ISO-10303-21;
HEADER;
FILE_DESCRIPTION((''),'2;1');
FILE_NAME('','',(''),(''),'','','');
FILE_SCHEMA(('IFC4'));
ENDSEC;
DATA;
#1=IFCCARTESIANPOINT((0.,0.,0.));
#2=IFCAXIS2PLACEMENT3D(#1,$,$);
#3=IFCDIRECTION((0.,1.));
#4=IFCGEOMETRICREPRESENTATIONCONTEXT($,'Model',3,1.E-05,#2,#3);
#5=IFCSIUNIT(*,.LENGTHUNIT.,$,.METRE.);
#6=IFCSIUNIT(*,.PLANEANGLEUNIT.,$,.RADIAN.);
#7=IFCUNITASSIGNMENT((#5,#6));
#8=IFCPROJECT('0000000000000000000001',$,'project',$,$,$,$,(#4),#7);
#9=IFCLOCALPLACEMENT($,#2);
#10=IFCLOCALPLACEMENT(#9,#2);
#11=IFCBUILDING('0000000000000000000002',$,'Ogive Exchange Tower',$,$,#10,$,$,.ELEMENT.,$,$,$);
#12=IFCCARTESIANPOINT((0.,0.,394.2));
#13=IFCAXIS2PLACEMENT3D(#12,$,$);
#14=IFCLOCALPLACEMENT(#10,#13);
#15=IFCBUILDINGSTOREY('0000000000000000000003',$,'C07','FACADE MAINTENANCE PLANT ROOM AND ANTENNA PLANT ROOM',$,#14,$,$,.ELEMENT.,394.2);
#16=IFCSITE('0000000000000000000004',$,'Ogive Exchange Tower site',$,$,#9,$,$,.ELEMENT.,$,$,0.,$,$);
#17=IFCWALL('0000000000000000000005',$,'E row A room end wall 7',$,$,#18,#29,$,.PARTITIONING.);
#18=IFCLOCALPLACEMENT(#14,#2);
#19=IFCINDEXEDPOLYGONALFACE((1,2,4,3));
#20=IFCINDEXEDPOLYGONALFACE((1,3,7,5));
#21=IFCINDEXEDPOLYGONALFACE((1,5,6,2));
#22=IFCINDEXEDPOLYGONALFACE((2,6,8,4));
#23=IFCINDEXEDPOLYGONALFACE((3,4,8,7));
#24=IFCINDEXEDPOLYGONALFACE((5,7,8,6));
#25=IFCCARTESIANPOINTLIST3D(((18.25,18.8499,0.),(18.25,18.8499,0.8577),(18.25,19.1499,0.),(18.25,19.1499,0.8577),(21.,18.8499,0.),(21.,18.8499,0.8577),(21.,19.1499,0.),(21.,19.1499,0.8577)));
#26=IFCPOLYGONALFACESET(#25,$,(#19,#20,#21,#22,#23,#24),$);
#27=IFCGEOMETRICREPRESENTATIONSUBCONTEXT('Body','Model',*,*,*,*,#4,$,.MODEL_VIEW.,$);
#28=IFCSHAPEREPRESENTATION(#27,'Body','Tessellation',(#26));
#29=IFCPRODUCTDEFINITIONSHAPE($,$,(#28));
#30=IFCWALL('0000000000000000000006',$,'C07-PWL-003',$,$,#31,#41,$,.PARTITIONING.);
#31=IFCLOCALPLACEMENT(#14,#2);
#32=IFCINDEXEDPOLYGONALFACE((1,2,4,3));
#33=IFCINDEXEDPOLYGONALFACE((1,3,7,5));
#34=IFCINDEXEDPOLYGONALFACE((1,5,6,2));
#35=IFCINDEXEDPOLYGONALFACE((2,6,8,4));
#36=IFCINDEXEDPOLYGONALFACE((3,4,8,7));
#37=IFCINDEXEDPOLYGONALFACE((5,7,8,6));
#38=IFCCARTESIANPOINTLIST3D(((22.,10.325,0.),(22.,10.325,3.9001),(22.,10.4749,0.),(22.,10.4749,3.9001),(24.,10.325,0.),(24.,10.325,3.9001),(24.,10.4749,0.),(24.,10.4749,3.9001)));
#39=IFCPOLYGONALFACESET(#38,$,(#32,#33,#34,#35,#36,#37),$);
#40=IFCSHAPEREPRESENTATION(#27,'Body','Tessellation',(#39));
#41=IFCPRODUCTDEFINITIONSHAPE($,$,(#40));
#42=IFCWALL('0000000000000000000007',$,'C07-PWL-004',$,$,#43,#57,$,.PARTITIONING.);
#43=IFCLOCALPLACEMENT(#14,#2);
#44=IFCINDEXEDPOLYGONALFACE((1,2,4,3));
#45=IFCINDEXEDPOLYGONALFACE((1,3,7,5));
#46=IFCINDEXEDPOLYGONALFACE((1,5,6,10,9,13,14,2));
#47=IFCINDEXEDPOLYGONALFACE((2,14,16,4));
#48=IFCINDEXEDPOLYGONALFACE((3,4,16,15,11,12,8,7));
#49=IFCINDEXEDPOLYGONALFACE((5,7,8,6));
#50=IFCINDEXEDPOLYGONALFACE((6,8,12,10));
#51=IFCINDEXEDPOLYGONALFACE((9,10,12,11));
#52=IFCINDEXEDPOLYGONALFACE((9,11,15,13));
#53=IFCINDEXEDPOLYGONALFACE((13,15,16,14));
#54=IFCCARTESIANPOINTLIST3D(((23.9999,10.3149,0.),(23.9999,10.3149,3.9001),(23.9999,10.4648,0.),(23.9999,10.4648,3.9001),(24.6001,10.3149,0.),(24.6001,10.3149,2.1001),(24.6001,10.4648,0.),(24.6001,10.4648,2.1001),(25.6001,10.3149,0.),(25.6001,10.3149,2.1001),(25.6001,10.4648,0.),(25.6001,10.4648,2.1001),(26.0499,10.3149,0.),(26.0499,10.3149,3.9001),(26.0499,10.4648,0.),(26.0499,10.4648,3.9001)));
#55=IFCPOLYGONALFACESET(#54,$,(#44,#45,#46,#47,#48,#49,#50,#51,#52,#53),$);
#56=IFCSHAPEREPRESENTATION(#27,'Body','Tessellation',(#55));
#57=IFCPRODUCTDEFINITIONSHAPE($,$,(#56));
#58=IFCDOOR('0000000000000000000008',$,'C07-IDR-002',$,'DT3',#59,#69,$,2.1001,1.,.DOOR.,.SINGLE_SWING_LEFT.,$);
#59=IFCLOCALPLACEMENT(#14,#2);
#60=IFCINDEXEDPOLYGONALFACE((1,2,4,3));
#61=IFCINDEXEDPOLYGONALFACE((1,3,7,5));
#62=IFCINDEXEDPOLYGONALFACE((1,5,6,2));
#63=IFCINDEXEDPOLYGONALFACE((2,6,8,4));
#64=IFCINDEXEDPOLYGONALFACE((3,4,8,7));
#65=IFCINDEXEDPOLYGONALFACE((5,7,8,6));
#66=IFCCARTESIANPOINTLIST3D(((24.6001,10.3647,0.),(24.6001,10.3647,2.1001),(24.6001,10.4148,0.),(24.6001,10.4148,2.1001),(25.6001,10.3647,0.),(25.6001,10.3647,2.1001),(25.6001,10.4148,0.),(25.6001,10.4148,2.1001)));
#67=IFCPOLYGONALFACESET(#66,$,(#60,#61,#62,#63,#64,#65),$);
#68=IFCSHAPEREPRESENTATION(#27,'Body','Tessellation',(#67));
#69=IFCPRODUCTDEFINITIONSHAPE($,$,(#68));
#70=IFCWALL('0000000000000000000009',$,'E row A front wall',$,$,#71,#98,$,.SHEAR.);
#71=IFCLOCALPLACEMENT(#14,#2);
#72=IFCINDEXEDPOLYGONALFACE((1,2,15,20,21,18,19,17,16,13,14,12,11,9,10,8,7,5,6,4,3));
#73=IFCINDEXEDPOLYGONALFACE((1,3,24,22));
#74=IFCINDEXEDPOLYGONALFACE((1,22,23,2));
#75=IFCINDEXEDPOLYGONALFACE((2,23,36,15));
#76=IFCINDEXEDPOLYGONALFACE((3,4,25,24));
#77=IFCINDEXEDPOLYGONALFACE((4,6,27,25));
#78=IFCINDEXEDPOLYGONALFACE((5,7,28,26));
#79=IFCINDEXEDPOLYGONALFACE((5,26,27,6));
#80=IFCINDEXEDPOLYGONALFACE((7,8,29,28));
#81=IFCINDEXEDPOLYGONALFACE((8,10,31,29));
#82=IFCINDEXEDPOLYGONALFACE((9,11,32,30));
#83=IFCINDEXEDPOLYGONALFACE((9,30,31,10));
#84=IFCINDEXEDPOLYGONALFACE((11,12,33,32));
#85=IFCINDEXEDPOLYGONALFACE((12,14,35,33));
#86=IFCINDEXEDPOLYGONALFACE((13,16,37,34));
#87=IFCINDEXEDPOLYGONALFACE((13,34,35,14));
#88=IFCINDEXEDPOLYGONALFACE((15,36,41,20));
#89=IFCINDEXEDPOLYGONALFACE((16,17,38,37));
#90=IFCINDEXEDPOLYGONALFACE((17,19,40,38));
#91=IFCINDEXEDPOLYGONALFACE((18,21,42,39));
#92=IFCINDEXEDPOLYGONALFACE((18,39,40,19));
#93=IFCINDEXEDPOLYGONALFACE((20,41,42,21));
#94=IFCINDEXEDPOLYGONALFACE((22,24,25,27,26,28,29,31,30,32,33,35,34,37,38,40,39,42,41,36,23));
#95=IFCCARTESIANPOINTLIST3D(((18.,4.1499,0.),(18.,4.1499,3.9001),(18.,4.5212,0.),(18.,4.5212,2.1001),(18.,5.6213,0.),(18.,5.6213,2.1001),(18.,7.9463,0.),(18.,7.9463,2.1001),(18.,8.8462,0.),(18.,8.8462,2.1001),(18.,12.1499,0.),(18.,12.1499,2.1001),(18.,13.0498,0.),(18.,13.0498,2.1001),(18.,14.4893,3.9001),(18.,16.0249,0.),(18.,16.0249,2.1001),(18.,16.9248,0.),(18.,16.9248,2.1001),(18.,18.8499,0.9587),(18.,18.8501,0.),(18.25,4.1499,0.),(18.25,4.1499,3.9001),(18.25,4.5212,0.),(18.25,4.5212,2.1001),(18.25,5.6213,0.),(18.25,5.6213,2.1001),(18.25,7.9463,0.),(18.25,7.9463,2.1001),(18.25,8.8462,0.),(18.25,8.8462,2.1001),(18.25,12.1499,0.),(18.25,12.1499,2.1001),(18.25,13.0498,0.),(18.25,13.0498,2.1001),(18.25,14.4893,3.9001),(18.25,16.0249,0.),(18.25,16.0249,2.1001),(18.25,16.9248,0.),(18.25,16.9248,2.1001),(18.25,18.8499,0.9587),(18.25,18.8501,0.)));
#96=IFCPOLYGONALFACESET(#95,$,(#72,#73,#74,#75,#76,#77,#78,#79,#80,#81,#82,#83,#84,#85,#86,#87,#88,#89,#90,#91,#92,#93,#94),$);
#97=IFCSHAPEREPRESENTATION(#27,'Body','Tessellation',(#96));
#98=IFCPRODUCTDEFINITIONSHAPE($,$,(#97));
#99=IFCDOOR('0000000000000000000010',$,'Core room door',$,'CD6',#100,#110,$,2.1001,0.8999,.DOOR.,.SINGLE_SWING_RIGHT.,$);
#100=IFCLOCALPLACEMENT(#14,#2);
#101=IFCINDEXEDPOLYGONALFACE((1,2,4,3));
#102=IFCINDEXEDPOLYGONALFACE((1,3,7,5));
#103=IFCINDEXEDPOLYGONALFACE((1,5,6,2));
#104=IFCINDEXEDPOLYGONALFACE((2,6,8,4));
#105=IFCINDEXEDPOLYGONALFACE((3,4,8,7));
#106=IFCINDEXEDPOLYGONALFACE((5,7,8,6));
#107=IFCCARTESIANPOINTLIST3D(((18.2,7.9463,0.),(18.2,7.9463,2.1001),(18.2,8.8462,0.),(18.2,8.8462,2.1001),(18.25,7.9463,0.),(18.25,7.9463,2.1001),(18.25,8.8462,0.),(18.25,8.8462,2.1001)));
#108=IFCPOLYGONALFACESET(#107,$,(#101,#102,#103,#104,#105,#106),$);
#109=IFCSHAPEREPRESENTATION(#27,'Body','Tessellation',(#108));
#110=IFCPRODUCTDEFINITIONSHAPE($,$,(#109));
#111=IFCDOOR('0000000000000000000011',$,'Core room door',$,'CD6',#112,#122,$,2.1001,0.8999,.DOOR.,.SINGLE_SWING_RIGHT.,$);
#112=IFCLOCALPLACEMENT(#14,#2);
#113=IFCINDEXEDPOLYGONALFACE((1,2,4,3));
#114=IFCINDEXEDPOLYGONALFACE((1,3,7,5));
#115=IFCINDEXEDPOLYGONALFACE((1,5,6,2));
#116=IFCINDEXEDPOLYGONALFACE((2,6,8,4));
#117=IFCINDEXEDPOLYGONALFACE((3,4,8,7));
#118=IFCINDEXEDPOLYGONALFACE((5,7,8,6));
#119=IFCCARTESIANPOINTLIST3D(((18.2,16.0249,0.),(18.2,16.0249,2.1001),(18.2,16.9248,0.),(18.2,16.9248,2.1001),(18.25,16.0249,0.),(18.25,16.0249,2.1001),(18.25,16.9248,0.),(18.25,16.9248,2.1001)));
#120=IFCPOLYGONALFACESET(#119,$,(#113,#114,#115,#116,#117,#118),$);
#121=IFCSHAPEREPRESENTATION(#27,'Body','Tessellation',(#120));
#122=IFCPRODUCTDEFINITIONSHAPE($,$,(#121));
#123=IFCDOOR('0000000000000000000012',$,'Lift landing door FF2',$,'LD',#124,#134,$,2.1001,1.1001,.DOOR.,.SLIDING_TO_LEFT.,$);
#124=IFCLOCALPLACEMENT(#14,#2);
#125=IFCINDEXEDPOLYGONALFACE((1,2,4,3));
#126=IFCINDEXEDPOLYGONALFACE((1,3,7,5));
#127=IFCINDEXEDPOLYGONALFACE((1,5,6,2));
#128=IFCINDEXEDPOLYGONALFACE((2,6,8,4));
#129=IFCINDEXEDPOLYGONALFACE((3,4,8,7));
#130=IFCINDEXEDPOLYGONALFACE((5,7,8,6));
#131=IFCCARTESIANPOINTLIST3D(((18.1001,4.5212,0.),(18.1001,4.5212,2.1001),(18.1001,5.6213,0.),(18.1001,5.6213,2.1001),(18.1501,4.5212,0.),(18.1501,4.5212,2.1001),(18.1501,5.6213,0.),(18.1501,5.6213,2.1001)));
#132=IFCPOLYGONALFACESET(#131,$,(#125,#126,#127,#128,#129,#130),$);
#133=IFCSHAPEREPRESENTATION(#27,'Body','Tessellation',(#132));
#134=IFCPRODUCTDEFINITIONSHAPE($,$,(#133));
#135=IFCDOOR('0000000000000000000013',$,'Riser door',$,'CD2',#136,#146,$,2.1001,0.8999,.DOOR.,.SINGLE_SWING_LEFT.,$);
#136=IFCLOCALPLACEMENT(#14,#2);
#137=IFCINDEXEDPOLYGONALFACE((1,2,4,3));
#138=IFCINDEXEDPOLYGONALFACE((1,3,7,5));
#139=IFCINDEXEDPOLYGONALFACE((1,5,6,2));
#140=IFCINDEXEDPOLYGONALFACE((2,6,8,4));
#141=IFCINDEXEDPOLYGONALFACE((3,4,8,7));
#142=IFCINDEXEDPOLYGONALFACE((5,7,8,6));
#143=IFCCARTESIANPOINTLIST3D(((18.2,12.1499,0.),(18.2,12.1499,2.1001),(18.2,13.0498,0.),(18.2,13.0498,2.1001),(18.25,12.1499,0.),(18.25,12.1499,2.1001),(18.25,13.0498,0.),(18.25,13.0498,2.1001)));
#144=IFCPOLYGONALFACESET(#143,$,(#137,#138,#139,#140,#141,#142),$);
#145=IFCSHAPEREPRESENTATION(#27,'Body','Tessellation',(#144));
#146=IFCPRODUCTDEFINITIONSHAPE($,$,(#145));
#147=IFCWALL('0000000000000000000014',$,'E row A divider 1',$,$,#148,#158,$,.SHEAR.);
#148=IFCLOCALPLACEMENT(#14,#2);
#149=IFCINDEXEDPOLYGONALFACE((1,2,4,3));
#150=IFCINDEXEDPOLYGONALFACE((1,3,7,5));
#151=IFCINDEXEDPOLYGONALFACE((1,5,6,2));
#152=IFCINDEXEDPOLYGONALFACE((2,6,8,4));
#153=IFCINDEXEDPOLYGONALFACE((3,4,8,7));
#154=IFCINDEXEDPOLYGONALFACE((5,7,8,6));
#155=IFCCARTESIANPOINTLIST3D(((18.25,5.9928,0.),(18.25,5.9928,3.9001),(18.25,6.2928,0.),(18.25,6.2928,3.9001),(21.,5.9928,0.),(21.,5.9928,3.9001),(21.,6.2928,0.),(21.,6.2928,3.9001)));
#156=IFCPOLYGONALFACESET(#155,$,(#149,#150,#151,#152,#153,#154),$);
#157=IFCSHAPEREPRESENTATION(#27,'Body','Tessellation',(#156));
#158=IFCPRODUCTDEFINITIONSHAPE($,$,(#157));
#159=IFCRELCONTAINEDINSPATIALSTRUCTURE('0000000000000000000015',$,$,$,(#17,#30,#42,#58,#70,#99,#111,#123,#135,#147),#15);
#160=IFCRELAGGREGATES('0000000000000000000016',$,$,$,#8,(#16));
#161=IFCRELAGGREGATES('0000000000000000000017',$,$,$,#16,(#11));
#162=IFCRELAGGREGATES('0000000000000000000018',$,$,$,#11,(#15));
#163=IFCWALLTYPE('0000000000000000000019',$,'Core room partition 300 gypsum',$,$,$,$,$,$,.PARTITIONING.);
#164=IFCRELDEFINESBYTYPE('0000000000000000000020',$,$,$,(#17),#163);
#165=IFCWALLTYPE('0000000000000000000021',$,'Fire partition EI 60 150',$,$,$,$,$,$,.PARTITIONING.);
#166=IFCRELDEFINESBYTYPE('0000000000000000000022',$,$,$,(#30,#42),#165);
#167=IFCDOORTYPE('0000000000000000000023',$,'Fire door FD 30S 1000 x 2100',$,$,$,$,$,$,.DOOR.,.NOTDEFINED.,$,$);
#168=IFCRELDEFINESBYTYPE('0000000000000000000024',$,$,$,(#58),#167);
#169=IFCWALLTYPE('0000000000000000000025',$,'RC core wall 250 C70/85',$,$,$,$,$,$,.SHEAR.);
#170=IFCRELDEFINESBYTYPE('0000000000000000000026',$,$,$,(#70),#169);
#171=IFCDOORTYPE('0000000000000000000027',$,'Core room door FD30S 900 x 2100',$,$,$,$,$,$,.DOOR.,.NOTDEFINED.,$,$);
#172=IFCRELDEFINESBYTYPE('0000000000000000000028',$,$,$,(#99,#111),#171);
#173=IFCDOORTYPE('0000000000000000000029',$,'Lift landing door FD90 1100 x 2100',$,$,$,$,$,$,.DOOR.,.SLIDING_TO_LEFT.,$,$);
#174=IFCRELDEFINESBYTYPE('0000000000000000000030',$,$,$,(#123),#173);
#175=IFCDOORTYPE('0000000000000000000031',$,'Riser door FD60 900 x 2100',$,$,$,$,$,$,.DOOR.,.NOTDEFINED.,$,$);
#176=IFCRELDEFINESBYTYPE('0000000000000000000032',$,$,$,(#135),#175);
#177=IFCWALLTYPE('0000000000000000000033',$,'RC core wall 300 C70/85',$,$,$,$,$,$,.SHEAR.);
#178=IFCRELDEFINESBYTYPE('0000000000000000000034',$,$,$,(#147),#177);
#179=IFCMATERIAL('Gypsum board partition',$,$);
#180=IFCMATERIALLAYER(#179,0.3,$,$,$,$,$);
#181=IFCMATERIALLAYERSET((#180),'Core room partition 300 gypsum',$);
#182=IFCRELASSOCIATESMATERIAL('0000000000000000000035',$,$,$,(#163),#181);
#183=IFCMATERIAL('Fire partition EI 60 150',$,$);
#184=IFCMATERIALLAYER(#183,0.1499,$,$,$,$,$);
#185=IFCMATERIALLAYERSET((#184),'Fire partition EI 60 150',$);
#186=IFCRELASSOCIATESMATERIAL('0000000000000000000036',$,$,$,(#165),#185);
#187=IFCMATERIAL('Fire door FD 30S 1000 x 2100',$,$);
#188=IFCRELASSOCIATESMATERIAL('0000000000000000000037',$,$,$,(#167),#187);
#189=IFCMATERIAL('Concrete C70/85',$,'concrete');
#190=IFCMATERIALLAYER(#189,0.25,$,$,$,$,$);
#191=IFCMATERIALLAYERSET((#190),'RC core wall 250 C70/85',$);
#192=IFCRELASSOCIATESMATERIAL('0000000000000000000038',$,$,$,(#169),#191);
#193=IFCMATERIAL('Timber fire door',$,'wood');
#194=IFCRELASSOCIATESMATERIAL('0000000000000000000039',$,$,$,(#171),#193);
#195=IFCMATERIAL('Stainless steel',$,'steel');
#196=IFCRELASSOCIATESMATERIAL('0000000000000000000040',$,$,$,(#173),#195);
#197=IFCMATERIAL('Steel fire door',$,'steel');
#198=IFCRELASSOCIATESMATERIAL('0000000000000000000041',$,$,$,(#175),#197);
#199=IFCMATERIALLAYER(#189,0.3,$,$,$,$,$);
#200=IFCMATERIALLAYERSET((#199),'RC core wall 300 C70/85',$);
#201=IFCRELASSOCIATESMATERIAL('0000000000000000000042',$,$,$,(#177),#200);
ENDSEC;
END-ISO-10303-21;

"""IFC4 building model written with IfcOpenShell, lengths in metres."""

from ifc_helpers import new_model, si_unit, direction, frame, frame_2d, origin, place, context, subcontext, project, spatial, polyline, rectangle, outline, extrude, material, layer, layer_set, type_object, element, fill, save


model = new_model("IFC4")

# Units and contexts
model_context = context("Model", 3, precision=1e-05, world=origin(), true_north=direction((0.0, 1.0)))
body_context = subcontext(model_context, "Body", "Model", "MODEL_VIEW")
ifc_project = project(units=[si_unit("LENGTHUNIT", "METRE"), si_unit("PLANEANGLEUNIT", "RADIAN")], contexts=[model_context])

# Site, building, storey
site_placement = place(None, origin())
site = spatial("IfcSite", under=ifc_project, at=site_placement, Name="Ogive Exchange Tower site", CompositionType="ELEMENT", RefElevation=0.0)
building_placement = place(site_placement, origin())
building = spatial("IfcBuilding", under=site, at=building_placement, Name="Ogive Exchange Tower", CompositionType="ELEMENT")
storey_placement = place(building_placement, frame((0.0, 0.0, 394.2)))
storey = spatial("IfcBuildingStorey", under=building, at=storey_placement, Name="C07", Description="FACADE MAINTENANCE PLANT ROOM AND ANTENNA PLANT ROOM", CompositionType="ELEMENT", Elevation=394.2)

# Walls
ifc_material_1 = material(Name="Gypsum board partition")
ifc_layer_1 = layer(ifc_material_1, 0.3)
ifc_layer_set_1 = layer_set([ifc_layer_1], Name="Core room partition 300 gypsum")
wall_type_1 = type_object("IfcWallType", Name="Core room partition 300 gypsum", PredefinedType="PARTITIONING", material=ifc_layer_set_1)
wall_1_placement = place(storey_placement, frame((18.25, 19.0, 0.0), z_axis=(0.0, 0.0, 1.0), x_axis=(1.0, 0.0, 0.0)))
element("IfcWall", 1, at=wall_1_placement, inside=storey, type_object=wall_type_1, Name="E row A room end wall 7", PredefinedType="PARTITIONING", context=body_context, shape_type="SweptSolid", body=[
    extrude(outline(polyline([(0.0, 0.0), (2.75, 0.0), (2.75, 0.8577), (0.0, 0.8577), (0.0, 0.0)])), frame((0.0, 0.1499, 0.0), z_axis=(0.0, -1.0, 0.0), x_axis=(1.0, 0.0, 0.0)), (0.0, 0.0, 1.0), 0.3),
])
ifc_material_2 = material(Name="Fire partition EI 60 150")
ifc_layer_2 = layer(ifc_material_2, 0.1499)
ifc_layer_set_2 = layer_set([ifc_layer_2], Name="Fire partition EI 60 150")
wall_type_2 = type_object("IfcWallType", Name="Fire partition EI 60 150", PredefinedType="PARTITIONING", material=ifc_layer_set_2)
wall_2_placement = place(storey_placement, frame((22.0, 10.3999, 0.0), z_axis=(0.0, 0.0, 1.0), x_axis=(1.0, 0.0, 0.0)))
element("IfcWall", 2, at=wall_2_placement, inside=storey, type_object=wall_type_2, Name="C07-PWL-003", PredefinedType="PARTITIONING", context=body_context, shape_type="SweptSolid", body=[
    extrude(rectangle(XDim=2.0, YDim=0.1499, at=frame_2d((1.0, 0.0))), origin(), (0.0, 0.0, 1.0), 3.9001),
])

# Wall, opening, door
wall_3_placement = place(storey_placement, frame((24.0, 10.3899, 0.0), z_axis=(0.0, 0.0, 1.0), x_axis=(1.0, 0.0, 0.0)))
wall_3 = element("IfcWall", 3, at=wall_3_placement, inside=storey, type_object=wall_type_2, Name="C07-PWL-004", PredefinedType="PARTITIONING", context=body_context, shape_type="SweptSolid", body=[
    extrude(rectangle(XDim=2.05, YDim=0.1499, at=frame_2d((1.0249, 0.0))), origin(), (0.0, 0.0, 1.0), 3.9001),
])
opening_1_placement = place(wall_3_placement, frame((0.6001, 0.0, 0.0)))
opening_1 = element("IfcOpeningElement", 4, at=opening_1_placement, cuts=wall_3, PredefinedType="OPENING", context=body_context, shape_type="SweptSolid", body=[
    extrude(rectangle(XDim=1.0, YDim=2.1001, at=frame_2d((0.5, 1.05))), frame((0.0, 0.085, 0.0), z_axis=(0.0, -1.0, 0.0), x_axis=(1.0, 0.0, 0.0)), (0.0, 0.0, 1.0), 0.1699),
])
ifc_material_3 = material(Name="Fire door FD 30S 1000 x 2100")
door_type_1 = type_object("IfcDoorType", Name="Fire door FD 30S 1000 x 2100", OperationType="NOTDEFINED", PredefinedType="DOOR", material=ifc_material_3)
door_1_placement = place(opening_1_placement, origin())
door_1 = element("IfcDoor", 5, at=door_1_placement, inside=storey, type_object=door_type_1, Name="C07-IDR-002", ObjectType="DT3", OperationType="SINGLE_SWING_LEFT", OverallHeight=2.1001, OverallWidth=1.0, PredefinedType="DOOR", context=body_context, shape_type="SweptSolid", body=[
    extrude(rectangle(XDim=1.0, YDim=2.1001, at=frame_2d((0.5, 1.05))), frame((0.0, 0.0249, 0.0), z_axis=(0.0, -1.0, 0.0), x_axis=(1.0, 0.0, 0.0)), (0.0, 0.0, 1.0), 0.05),
])
fill(opening_1, door_1)

# Wall, openings, doors
ifc_material_4 = material(Name="Concrete C70/85", Category="concrete")
ifc_layer_3 = layer(ifc_material_4, 0.25)
ifc_layer_set_3 = layer_set([ifc_layer_3], Name="RC core wall 250 C70/85")
wall_type_3 = type_object("IfcWallType", Name="RC core wall 250 C70/85", PredefinedType="SHEAR", material=ifc_layer_set_3)
wall_4_placement = place(storey_placement, frame((18.125, 4.1499, 0.0), z_axis=(0.0, 0.0, 1.0), x_axis=(0.0, 1.0, 0.0)))
wall_4 = element("IfcWall", 6, at=wall_4_placement, inside=storey, type_object=wall_type_3, Name="E row A front wall", PredefinedType="SHEAR", context=body_context, shape_type="SweptSolid", body=[
    extrude(outline(polyline([(0.0, 0.0), (14.7002, 0.0), (14.7, 0.9587), (10.3394, 3.9001), (0.0, 3.9001), (0.0, 0.0)])), frame((0.0, 0.125, 0.0), z_axis=(0.0, -1.0, 0.0), x_axis=(1.0, 0.0, 0.0)), (0.0, 0.0, 1.0), 0.25),
])
opening_2_placement = place(wall_4_placement, frame((3.7964, 0.0, 0.0)))
opening_2 = element("IfcOpeningElement", 7, at=opening_2_placement, cuts=wall_4, PredefinedType="OPENING", context=body_context, shape_type="SweptSolid", body=[
    extrude(rectangle(XDim=0.8999, YDim=2.1001, at=frame_2d((0.45, 1.05))), frame((0.0, 0.135, 0.0), z_axis=(0.0, -1.0, 0.0), x_axis=(1.0, 0.0, 0.0)), (0.0, 0.0, 1.0), 0.27),
])
opening_3_placement = place(wall_4_placement, frame((8.0, 0.0, 0.0)))
opening_3 = element("IfcOpeningElement", 8, at=opening_3_placement, cuts=wall_4, PredefinedType="OPENING", context=body_context, shape_type="SweptSolid", body=[
    extrude(rectangle(XDim=0.8999, YDim=2.1001, at=frame_2d((0.45, 1.05))), frame((0.0, 0.135, 0.0), z_axis=(0.0, -1.0, 0.0), x_axis=(1.0, 0.0, 0.0)), (0.0, 0.0, 1.0), 0.27),
])
opening_4_placement = place(wall_4_placement, frame((11.875, 0.0, 0.0)))
opening_4 = element("IfcOpeningElement", 9, at=opening_4_placement, cuts=wall_4, PredefinedType="OPENING", context=body_context, shape_type="SweptSolid", body=[
    extrude(rectangle(XDim=0.8999, YDim=2.1001, at=frame_2d((0.45, 1.05))), frame((0.0, 0.135, 0.0), z_axis=(0.0, -1.0, 0.0), x_axis=(1.0, 0.0, 0.0)), (0.0, 0.0, 1.0), 0.27),
])
opening_5_placement = place(wall_4_placement, frame((0.3713, 0.0, 0.0)))
opening_5 = element("IfcOpeningElement", 10, at=opening_5_placement, cuts=wall_4, PredefinedType="OPENING", context=body_context, shape_type="SweptSolid", body=[
    extrude(rectangle(XDim=1.1001, YDim=2.1001, at=frame_2d((0.55, 1.05))), frame((0.0, 0.135, 0.0), z_axis=(0.0, -1.0, 0.0), x_axis=(1.0, 0.0, 0.0)), (0.0, 0.0, 1.0), 0.27),
])
ifc_material_5 = material(Name="Timber fire door", Category="wood")
door_type_2 = type_object("IfcDoorType", Name="Core room door FD30S 900 x 2100", OperationType="NOTDEFINED", PredefinedType="DOOR", material=ifc_material_5)
door_2_placement = place(opening_2_placement, frame((0.8999, -0.2002, 0.0), z_axis=(0.0, 0.0, 1.0), x_axis=(-1.0, 0.0, 0.0)))
door_2 = element("IfcDoor", 11, at=door_2_placement, inside=storey, type_object=door_type_2, Name="Core room door", ObjectType="CD6", OperationType="SINGLE_SWING_RIGHT", OverallHeight=2.1001, OverallWidth=0.8999, PredefinedType="DOOR", context=body_context, shape_type="SweptSolid", body=[
    extrude(rectangle(XDim=0.8999, YDim=2.1001, at=frame_2d((0.45, 1.05))), frame((0.0, -0.0752, 0.0), z_axis=(0.0, -1.0, 0.0), x_axis=(1.0, 0.0, 0.0)), (0.0, 0.0, 1.0), 0.05),
])
fill(opening_2, door_2)
door_3_placement = place(opening_4_placement, frame((0.8999, -0.2002, 0.0), z_axis=(0.0, 0.0, 1.0), x_axis=(-1.0, 0.0, 0.0)))
door_3 = element("IfcDoor", 12, at=door_3_placement, inside=storey, type_object=door_type_2, Name="Core room door", ObjectType="CD6", OperationType="SINGLE_SWING_RIGHT", OverallHeight=2.1001, OverallWidth=0.8999, PredefinedType="DOOR", context=body_context, shape_type="SweptSolid", body=[
    extrude(rectangle(XDim=0.8999, YDim=2.1001, at=frame_2d((0.45, 1.05))), frame((0.0, -0.0752, 0.0), z_axis=(0.0, -1.0, 0.0), x_axis=(1.0, 0.0, 0.0)), (0.0, 0.0, 1.0), 0.05),
])
fill(opening_4, door_3)
ifc_material_6 = material(Name="Stainless steel", Category="steel")
door_type_3 = type_object("IfcDoorType", Name="Lift landing door FD90 1100 x 2100", OperationType="SLIDING_TO_LEFT", PredefinedType="DOOR", material=ifc_material_6)
door_4_placement = place(opening_5_placement, origin())
door_4 = element("IfcDoor", 13, at=door_4_placement, inside=storey, type_object=door_type_3, Name="Lift landing door FF2", ObjectType="LD", OperationType="SLIDING_TO_LEFT", OverallHeight=2.1001, OverallWidth=1.1001, PredefinedType="DOOR", context=body_context, shape_type="SweptSolid", body=[
    extrude(rectangle(XDim=1.1001, YDim=2.1001, at=frame_2d((0.55, 1.05))), frame((0.0, 0.0249, 0.0), z_axis=(0.0, -1.0, 0.0), x_axis=(1.0, 0.0, 0.0)), (0.0, 0.0, 1.0), 0.05),
])
fill(opening_5, door_4)
ifc_material_7 = material(Name="Steel fire door", Category="steel")
door_type_4 = type_object("IfcDoorType", Name="Riser door FD60 900 x 2100", OperationType="NOTDEFINED", PredefinedType="DOOR", material=ifc_material_7)
door_5_placement = place(opening_3_placement, frame((0.8999, -0.2002, 0.0), z_axis=(0.0, 0.0, 1.0), x_axis=(-1.0, 0.0, 0.0)))
door_5 = element("IfcDoor", 14, at=door_5_placement, inside=storey, type_object=door_type_4, Name="Riser door", ObjectType="CD2", OperationType="SINGLE_SWING_LEFT", OverallHeight=2.1001, OverallWidth=0.8999, PredefinedType="DOOR", context=body_context, shape_type="SweptSolid", body=[
    extrude(rectangle(XDim=0.8999, YDim=2.1001, at=frame_2d((0.45, 1.05))), frame((0.0, -0.0752, 0.0), z_axis=(0.0, -1.0, 0.0), x_axis=(1.0, 0.0, 0.0)), (0.0, 0.0, 1.0), 0.05),
])
fill(opening_3, door_5)

# Wall
ifc_layer_4 = layer(ifc_material_4, 0.3)
ifc_layer_set_4 = layer_set([ifc_layer_4], Name="RC core wall 300 C70/85")
wall_type_4 = type_object("IfcWallType", Name="RC core wall 300 C70/85", PredefinedType="SHEAR", material=ifc_layer_set_4)
wall_5_placement = place(storey_placement, frame((18.25, 6.1428, 0.0), z_axis=(0.0, 0.0, 1.0), x_axis=(1.0, 0.0, 0.0)))
element("IfcWall", 15, at=wall_5_placement, inside=storey, type_object=wall_type_4, Name="E row A divider 1", PredefinedType="SHEAR", context=body_context, shape_type="SweptSolid", body=[
    extrude(rectangle(XDim=2.75, YDim=0.3, at=frame_2d((1.375, 0.0))), origin(), (0.0, 0.0, 1.0), 3.9001),
])

save(model, "model.ifc")
